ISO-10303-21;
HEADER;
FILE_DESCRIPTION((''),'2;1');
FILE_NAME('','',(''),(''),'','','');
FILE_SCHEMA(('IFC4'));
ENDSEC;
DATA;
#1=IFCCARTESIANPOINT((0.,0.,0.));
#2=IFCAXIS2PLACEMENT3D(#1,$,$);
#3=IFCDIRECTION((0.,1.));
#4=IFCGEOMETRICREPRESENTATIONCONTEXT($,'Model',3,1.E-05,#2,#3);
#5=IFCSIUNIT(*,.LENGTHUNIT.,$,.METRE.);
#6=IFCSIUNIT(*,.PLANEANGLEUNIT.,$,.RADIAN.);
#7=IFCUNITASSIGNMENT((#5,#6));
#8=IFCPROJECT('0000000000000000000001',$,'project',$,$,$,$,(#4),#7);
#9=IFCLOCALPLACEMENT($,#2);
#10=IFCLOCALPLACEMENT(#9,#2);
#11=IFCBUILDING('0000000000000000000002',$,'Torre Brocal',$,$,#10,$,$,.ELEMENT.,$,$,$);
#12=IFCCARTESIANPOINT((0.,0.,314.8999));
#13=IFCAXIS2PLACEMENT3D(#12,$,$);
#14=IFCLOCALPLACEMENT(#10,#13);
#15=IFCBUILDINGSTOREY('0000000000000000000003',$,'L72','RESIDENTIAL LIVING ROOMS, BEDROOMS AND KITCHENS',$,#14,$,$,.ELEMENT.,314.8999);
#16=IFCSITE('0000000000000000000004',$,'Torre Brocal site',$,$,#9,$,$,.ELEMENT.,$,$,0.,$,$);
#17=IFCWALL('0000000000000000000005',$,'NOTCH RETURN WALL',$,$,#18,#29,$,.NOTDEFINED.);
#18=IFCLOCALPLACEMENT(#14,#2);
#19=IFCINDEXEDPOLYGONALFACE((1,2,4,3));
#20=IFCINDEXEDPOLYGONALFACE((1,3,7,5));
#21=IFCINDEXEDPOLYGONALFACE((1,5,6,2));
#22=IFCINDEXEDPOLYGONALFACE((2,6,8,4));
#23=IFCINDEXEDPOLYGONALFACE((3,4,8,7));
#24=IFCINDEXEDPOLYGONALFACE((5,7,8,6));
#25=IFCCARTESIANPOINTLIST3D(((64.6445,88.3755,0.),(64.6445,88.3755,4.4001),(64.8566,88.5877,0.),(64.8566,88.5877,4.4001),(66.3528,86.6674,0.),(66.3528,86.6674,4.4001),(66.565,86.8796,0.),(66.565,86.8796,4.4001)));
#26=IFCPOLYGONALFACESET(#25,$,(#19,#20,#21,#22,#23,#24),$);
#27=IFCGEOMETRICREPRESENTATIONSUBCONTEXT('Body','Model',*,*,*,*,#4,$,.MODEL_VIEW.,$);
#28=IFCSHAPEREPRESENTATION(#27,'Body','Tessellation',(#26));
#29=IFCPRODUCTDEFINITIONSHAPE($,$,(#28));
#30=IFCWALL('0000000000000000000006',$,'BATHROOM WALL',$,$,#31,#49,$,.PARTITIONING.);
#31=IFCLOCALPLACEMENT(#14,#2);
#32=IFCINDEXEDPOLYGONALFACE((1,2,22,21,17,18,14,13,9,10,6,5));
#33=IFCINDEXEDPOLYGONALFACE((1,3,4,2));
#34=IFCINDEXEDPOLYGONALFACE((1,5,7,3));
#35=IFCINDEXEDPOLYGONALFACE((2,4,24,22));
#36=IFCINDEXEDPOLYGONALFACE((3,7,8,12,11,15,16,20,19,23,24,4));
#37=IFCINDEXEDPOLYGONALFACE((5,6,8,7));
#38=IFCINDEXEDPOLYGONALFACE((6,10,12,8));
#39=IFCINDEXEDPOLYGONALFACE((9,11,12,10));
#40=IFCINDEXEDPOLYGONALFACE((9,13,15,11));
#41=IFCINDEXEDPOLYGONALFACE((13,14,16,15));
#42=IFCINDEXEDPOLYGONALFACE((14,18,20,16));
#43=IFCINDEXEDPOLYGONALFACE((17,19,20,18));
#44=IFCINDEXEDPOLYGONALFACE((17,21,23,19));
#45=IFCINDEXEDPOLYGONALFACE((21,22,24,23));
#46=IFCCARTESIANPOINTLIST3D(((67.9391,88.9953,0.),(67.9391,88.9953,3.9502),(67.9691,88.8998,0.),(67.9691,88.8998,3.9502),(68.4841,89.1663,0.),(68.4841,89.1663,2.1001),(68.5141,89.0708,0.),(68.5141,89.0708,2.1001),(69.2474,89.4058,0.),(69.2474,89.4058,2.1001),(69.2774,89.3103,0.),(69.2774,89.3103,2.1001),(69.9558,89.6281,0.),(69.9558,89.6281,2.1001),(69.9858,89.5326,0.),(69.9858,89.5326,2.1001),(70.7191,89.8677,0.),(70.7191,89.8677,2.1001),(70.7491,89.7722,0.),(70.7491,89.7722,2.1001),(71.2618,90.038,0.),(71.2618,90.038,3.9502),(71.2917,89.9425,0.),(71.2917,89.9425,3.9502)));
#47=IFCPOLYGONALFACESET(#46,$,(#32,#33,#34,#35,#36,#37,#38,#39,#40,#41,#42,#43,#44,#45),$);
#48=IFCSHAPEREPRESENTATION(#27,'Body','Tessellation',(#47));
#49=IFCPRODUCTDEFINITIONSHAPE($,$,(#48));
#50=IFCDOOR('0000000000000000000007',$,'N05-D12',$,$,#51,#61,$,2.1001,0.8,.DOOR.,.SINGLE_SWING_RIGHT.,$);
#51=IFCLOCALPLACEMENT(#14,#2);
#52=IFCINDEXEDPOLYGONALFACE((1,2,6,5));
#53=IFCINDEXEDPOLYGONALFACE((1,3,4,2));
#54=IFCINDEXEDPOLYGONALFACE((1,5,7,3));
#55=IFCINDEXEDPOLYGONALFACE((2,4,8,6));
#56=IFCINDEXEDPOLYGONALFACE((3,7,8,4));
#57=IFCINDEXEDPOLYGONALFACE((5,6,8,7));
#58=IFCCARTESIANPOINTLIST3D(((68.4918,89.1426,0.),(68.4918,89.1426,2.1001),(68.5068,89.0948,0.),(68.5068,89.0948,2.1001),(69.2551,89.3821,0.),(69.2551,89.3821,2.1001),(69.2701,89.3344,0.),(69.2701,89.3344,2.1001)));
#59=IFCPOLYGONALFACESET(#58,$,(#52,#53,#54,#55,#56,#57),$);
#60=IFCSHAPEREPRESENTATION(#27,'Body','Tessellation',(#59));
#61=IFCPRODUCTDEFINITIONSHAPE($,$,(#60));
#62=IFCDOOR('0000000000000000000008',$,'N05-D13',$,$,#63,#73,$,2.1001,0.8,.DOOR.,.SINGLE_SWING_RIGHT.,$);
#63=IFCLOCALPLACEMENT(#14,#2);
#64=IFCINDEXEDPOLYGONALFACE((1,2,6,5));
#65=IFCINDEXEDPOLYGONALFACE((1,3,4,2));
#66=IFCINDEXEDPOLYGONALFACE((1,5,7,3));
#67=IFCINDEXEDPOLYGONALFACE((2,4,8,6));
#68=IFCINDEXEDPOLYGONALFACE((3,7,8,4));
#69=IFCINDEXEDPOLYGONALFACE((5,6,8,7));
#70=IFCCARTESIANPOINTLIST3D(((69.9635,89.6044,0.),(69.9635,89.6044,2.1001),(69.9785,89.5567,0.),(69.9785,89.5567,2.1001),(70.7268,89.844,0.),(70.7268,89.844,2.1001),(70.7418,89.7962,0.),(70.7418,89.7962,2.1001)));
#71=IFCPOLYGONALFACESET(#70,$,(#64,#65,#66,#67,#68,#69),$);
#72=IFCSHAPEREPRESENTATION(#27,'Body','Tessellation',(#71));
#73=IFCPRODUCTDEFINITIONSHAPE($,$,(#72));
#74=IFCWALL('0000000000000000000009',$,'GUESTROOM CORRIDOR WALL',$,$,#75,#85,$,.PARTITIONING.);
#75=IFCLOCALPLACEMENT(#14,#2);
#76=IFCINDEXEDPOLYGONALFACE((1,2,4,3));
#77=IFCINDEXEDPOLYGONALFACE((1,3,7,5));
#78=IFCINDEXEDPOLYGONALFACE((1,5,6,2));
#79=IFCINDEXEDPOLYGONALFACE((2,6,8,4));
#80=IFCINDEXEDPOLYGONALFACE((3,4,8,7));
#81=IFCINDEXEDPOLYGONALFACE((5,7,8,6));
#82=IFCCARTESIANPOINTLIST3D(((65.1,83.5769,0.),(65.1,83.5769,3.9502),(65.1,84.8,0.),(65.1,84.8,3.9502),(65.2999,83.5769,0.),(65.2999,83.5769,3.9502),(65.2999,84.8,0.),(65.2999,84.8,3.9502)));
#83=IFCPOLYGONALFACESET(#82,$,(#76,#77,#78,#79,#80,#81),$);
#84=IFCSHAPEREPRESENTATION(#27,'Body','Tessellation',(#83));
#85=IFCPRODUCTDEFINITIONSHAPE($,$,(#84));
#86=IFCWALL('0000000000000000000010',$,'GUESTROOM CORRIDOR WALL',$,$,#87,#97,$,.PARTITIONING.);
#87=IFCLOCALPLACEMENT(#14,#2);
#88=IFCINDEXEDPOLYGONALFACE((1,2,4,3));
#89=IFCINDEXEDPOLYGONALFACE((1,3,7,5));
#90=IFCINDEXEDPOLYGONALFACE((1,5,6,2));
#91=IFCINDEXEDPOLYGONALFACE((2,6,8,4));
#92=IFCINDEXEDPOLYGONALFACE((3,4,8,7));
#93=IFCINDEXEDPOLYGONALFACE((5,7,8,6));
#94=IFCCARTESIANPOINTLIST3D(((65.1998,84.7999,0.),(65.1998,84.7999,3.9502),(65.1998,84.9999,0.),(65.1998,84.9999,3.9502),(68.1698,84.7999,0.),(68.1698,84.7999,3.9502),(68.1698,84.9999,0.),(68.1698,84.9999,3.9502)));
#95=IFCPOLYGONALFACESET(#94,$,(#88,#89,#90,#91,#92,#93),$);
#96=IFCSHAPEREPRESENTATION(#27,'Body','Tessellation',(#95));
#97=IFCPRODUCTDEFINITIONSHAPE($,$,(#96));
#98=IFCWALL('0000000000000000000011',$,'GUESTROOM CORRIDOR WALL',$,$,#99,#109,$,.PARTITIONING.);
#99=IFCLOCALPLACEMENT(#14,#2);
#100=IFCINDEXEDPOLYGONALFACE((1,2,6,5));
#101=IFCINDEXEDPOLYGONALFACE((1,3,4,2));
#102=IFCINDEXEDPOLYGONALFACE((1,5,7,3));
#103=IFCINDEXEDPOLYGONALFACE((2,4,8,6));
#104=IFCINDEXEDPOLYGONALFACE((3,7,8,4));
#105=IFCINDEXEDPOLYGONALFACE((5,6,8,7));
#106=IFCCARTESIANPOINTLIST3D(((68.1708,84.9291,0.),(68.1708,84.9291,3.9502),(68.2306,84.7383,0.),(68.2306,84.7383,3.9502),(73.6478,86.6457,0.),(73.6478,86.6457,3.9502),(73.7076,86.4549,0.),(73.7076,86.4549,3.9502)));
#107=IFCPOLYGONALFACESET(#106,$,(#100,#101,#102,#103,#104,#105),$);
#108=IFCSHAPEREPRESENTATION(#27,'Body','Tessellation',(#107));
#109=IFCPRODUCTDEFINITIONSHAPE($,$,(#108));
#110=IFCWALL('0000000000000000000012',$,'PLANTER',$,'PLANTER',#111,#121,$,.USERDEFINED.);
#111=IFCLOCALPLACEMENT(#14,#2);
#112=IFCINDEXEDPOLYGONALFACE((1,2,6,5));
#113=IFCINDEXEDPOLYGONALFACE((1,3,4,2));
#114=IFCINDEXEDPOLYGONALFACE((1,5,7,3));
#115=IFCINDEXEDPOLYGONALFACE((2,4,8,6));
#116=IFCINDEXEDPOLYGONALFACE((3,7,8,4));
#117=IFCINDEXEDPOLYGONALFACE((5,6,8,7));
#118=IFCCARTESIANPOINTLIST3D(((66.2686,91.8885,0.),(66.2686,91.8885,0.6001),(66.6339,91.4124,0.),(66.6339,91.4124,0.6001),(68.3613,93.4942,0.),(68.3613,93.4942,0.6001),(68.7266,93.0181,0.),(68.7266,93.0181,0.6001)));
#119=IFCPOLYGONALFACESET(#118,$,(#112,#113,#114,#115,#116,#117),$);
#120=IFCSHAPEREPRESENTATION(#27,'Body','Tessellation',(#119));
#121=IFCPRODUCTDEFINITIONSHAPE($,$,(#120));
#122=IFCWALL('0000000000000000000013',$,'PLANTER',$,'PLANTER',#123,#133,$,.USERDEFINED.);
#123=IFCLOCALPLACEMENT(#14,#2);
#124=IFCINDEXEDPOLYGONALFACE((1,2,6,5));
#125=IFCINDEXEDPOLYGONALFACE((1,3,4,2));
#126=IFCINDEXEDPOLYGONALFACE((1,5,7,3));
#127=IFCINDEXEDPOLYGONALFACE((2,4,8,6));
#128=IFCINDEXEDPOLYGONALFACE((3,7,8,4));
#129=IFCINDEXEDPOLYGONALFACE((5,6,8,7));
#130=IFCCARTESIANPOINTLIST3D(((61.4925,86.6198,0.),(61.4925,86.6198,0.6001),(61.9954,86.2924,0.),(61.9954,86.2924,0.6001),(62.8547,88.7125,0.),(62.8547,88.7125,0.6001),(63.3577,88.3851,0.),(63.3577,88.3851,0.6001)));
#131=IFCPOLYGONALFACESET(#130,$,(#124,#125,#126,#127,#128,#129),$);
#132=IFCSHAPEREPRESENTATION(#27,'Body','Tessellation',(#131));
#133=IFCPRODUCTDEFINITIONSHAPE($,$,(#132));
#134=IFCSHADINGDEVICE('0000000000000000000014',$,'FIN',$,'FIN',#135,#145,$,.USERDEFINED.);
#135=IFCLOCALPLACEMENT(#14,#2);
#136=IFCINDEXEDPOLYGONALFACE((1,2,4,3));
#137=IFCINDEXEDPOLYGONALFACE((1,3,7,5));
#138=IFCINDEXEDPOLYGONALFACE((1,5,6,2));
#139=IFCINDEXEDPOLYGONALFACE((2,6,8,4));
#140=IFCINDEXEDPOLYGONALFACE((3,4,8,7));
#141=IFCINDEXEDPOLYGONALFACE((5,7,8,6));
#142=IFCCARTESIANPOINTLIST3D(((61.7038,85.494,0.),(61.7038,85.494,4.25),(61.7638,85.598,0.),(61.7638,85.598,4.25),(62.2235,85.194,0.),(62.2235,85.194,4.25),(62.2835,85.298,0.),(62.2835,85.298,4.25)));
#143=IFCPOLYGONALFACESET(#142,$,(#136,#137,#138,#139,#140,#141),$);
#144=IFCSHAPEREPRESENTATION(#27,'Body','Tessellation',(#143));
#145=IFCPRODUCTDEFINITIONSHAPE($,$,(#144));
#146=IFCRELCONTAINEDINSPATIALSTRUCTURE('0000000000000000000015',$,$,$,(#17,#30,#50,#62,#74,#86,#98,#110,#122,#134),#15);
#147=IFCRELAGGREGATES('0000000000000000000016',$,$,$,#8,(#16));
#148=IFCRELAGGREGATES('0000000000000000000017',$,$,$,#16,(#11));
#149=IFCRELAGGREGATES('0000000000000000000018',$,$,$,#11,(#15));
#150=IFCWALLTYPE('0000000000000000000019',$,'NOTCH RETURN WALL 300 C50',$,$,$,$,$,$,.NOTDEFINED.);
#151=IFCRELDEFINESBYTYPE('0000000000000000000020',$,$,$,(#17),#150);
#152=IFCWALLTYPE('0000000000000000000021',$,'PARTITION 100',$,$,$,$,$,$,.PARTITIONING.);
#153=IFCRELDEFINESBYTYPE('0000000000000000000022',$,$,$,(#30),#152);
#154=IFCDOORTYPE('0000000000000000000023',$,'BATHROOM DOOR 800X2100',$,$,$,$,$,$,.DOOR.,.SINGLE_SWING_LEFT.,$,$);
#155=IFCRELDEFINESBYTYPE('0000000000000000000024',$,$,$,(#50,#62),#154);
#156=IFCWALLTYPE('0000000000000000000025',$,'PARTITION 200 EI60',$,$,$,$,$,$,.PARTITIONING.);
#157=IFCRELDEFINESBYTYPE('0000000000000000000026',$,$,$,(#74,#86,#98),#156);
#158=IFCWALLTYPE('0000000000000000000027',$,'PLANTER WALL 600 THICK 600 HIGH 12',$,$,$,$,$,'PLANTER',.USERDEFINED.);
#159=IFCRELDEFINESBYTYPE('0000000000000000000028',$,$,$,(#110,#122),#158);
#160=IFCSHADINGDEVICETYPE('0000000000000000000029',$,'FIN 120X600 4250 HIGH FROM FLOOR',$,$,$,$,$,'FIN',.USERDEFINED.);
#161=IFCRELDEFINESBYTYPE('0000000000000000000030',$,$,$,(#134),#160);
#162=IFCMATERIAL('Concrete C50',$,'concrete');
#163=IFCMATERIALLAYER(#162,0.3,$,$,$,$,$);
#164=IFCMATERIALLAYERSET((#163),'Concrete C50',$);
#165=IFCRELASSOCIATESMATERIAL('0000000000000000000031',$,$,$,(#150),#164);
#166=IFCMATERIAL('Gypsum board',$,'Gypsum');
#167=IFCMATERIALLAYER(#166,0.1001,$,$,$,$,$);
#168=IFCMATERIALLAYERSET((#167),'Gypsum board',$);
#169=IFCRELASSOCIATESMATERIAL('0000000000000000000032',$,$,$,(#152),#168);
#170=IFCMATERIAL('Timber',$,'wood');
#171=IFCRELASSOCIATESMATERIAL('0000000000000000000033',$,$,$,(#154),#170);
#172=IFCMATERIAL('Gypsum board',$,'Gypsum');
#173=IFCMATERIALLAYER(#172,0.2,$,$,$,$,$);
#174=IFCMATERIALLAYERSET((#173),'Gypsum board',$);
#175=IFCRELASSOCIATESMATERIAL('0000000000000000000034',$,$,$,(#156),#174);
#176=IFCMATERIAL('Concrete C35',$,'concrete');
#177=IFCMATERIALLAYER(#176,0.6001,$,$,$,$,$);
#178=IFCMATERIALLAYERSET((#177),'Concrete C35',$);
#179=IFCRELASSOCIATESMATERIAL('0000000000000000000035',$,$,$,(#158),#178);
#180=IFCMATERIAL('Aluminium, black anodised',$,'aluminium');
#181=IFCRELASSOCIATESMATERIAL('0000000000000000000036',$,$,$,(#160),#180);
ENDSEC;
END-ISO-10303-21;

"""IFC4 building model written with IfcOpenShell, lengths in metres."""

from ifc_helpers import new_model, si_unit, direction, frame, frame_2d, origin, origin_2d, place, context, subcontext, project, spatial, rectangle, extrude, material, layer, layer_set, material_profile, profile_set, type_object, element, fill, save


model = new_model("IFC4")

# Units and contexts
model_context = context("Model", 3, precision=1e-05, world=origin(), true_north=direction((0.0, 1.0)))
body_context = subcontext(model_context, "Body", "Model", "MODEL_VIEW")
ifc_project = project(units=[si_unit("LENGTHUNIT", "METRE"), si_unit("PLANEANGLEUNIT", "RADIAN")], contexts=[model_context])

# Site, building, storey
site_placement = place(None, origin())
site = spatial("IfcSite", under=ifc_project, at=site_placement, Name="Torre Brocal site", CompositionType="ELEMENT", RefElevation=0.0)
building_placement = place(site_placement, origin())
building = spatial("IfcBuilding", under=site, at=building_placement, Name="Torre Brocal", CompositionType="ELEMENT")
storey_placement = place(building_placement, frame((0.0, 0.0, 314.8999)))
storey = spatial("IfcBuildingStorey", under=building, at=storey_placement, Name="L72", Description="RESIDENTIAL LIVING ROOMS, BEDROOMS AND KITCHENS", CompositionType="ELEMENT", Elevation=314.8999)

# Wall
ifc_material_1 = material(Name="Concrete C50", Category="concrete")
ifc_layer_1 = layer(ifc_material_1, 0.3)
ifc_layer_set_1 = layer_set([ifc_layer_1], Name="Concrete C50")
wall_type_1 = type_object("IfcWallType", Name="NOTCH RETURN WALL 300 C50", PredefinedType="NOTDEFINED", material=ifc_layer_set_1)
for number, where, z_axis, x_axis, name in (
    (1, (66.459, 86.7734, 0.0), (0.0, 0.0, 1.0), (-0.707157, 0.707056, 0.0), "NOTCH RETURN WALL"),
):
    element("IfcWall", number, at=place(storey_placement, frame(where, z_axis=z_axis, x_axis=x_axis)), inside=storey, type_object=wall_type_1, Name=name, PredefinedType="NOTDEFINED", context=body_context, shape_type="SweptSolid", body=[
        extrude(rectangle(XDim=2.4158, YDim=0.3, at=frame_2d((1.208, 0.0))), origin(), (0.0, 0.0, 1.0), 4.4001),
    ])

# Wall, openings, doors
ifc_material_2 = material(Name="Gypsum board", Category="Gypsum")
ifc_layer_2 = layer(ifc_material_2, 0.1001)
ifc_layer_set_2 = layer_set([ifc_layer_2], Name="Gypsum board")
wall_type_2 = type_object("IfcWallType", Name="PARTITION 100", PredefinedType="PARTITIONING", material=ifc_layer_set_2)
wall_1_placement = place(storey_placement, frame((67.9541, 88.9475, 0.0), z_axis=(0.0, 0.0, 1.0), x_axis=(0.954123, 0.299416, 0.0)))
wall_1 = element("IfcWall", 2, at=wall_1_placement, inside=storey, type_object=wall_type_2, Name="BATHROOM WALL", PredefinedType="PARTITIONING", context=body_context, shape_type="SweptSolid", body=[
    extrude(rectangle(XDim=3.4824, YDim=0.1001, at=frame_2d((1.7412, 0.0))), origin(), (0.0, 0.0, 1.0), 3.9502),
])
opening_1_placement = place(wall_1_placement, frame((0.5713, 0.0, 0.0)))
opening_1 = element("IfcOpeningElement", 3, at=opening_1_placement, cuts=wall_1, PredefinedType="OPENING", context=body_context, shape_type="SweptSolid", body=[
    extrude(rectangle(XDim=0.8, YDim=2.1001, at=frame_2d((0.3999, 1.05))), frame((0.0, 0.0601, 0.0), z_axis=(0.0, -1.0, 0.0), x_axis=(1.0, 0.0, 0.0)), (0.0, 0.0, 1.0), 0.1201),
])
opening_2_placement = place(wall_1_placement, frame((2.1138, 0.0, 0.0)))
opening_2 = element("IfcOpeningElement", 4, at=opening_2_placement, cuts=wall_1, PredefinedType="OPENING", context=body_context, shape_type="SweptSolid", body=[
    extrude(rectangle(XDim=0.8, YDim=2.1001, at=frame_2d((0.3999, 1.05))), frame((0.0, 0.0601, 0.0), z_axis=(0.0, -1.0, 0.0), x_axis=(1.0, 0.0, 0.0)), (0.0, 0.0, 1.0), 0.1201),
])
ifc_material_3 = material(Name="Timber", Category="wood")
door_type = type_object("IfcDoorType", Name="BATHROOM DOOR 800X2100", OperationType="SINGLE_SWING_LEFT", PredefinedType="DOOR", material=ifc_material_3)
door_1_placement = place(opening_1_placement, frame((0.8, 0.0, 0.0), z_axis=(0.0, 0.0, 1.0), x_axis=(-1.0, 0.0, 0.0)))
door_1 = element("IfcDoor", 5, at=door_1_placement, inside=storey, type_object=door_type, Name="N05-D12", OperationType="SINGLE_SWING_RIGHT", OverallHeight=2.1001, OverallWidth=0.8, PredefinedType="DOOR", context=body_context, shape_type="SweptSolid", body=[
    extrude(rectangle(XDim=0.8, YDim=2.1001, at=frame_2d((0.3999, 1.05))), frame((0.0, 0.0249, 0.0), z_axis=(0.0, -1.0, 0.0), x_axis=(1.0, 0.0, 0.0)), (0.0, 0.0, 1.0), 0.05),
])
fill(opening_1, door_1)
door_2_placement = place(opening_2_placement, frame((0.8, 0.0, 0.0), z_axis=(0.0, 0.0, 1.0), x_axis=(-1.0, 0.0, 0.0)))
door_2 = element("IfcDoor", 6, at=door_2_placement, inside=storey, type_object=door_type, Name="N05-D13", OperationType="SINGLE_SWING_RIGHT", OverallHeight=2.1001, OverallWidth=0.8, PredefinedType="DOOR", context=body_context, shape_type="SweptSolid", body=[
    extrude(rectangle(XDim=0.8, YDim=2.1001, at=frame_2d((0.3999, 1.05))), frame((0.0, 0.0249, 0.0), z_axis=(0.0, -1.0, 0.0), x_axis=(1.0, 0.0, 0.0)), (0.0, 0.0, 1.0), 0.05),
])
fill(opening_2, door_2)

# Walls
ifc_material_4 = material(Name="Gypsum board", Category="Gypsum")
ifc_layer_3 = layer(ifc_material_4, 0.2)
ifc_layer_set_3 = layer_set([ifc_layer_3], Name="Gypsum board")
wall_type_3 = type_object("IfcWallType", Name="PARTITION 200 EI60", PredefinedType="PARTITIONING", material=ifc_layer_set_3)
wall_2_placement = place(storey_placement, frame((65.2, 83.5769, 0.0), z_axis=(0.0, 0.0, 1.0), x_axis=(0.0, 1.0, 0.0)))
element("IfcWall", 7, at=wall_2_placement, inside=storey, type_object=wall_type_3, Name="GUESTROOM CORRIDOR WALL", PredefinedType="PARTITIONING", context=body_context, shape_type="SweptSolid", body=[
    extrude(rectangle(XDim=1.2231, YDim=0.2, at=frame_2d((0.6116, 0.0))), origin(), (0.0, 0.0, 1.0), 3.9502),
])
wall_3_placement = place(storey_placement, frame((65.2, 84.8999, 0.0), z_axis=(0.0, 0.0, 1.0), x_axis=(1.0, 0.0, 0.0)))
element("IfcWall", 8, at=wall_3_placement, inside=storey, type_object=wall_type_3, Name="GUESTROOM CORRIDOR WALL", PredefinedType="PARTITIONING", context=body_context, shape_type="SweptSolid", body=[
    extrude(rectangle(XDim=2.97, YDim=0.2, at=frame_2d((1.4849, 0.0))), origin(), (0.0, 0.0, 1.0), 3.9502),
])
wall_4_placement = place(storey_placement, frame((68.2007, 84.8337, 0.0), z_axis=(0.0, 0.0, 1.0), x_axis=(0.954233, 0.299064, 0.0)))
element("IfcWall", 9, at=wall_4_placement, inside=storey, type_object=wall_type_3, Name="GUESTROOM CORRIDOR WALL", PredefinedType="PARTITIONING", context=body_context, shape_type="SweptSolid", body=[
    extrude(rectangle(XDim=5.7397, YDim=0.2, at=frame_2d((2.8699, 0.0))), origin(), (0.0, 0.0, 1.0), 3.9502),
])
ifc_material_5 = material(Name="Concrete C35", Category="concrete")
ifc_layer_4 = layer(ifc_material_5, 0.6001)
ifc_layer_set_4 = layer_set([ifc_layer_4], Name="Concrete C35")
wall_type_4 = type_object("IfcWallType", Name="PLANTER WALL 600 THICK 600 HIGH 12", ElementType="PLANTER", PredefinedType="USERDEFINED", material=ifc_layer_set_4)
wall_5_placement = place(storey_placement, frame((68.5439, 93.2561, 0.0), z_axis=(0.0, 0.0, 1.0), x_axis=(-0.793377, -0.608731, 0.0)))
element("IfcWall", 10, at=wall_5_placement, inside=storey, type_object=wall_type_4, Name="PLANTER", ObjectType="PLANTER", PredefinedType="USERDEFINED", context=body_context, shape_type="SweptSolid", body=[
    extrude(rectangle(XDim=2.6377, YDim=0.6001, at=frame_2d((1.3188, 0.0))), origin(), (0.0, 0.0, 1.0), 0.6001),
])
wall_6_placement = place(storey_placement, frame((63.1062, 88.5488, 0.0), z_axis=(0.0, 0.0, 1.0), x_axis=(-0.545552, -0.838077, 0.0)))
element("IfcWall", 11, at=wall_6_placement, inside=storey, type_object=wall_type_4, Name="PLANTER", ObjectType="PLANTER", PredefinedType="USERDEFINED", context=body_context, shape_type="SweptSolid", body=[
    extrude(rectangle(XDim=2.4971, YDim=0.6001, at=frame_2d((1.2485, 0.0))), origin(), (0.0, 0.0, 1.0), 0.6001),
])

# Shading device
ifc_material_6 = material(Name="Aluminium, black anodised", Category="aluminium")
ifc_material_profile_1 = material_profile(ifc_material_6, rectangle(XDim=0.1201, YDim=0.6001, at=origin_2d()), Name="FIN 120X600 4250 HIGH FROM FLOOR")
ifc_profile_set_1 = profile_set([ifc_material_profile_1], Name="Aluminium, black anodised")
shading_device_type = type_object("IfcShadingDeviceType", Name="FIN 120X600 4250 HIGH FROM FLOOR", ElementType="FIN", PredefinedType="USERDEFINED", material=ifc_profile_set_1)
shading_device_placement = place(storey_placement, frame((61.9937, 85.396, 0.0), z_axis=(0.0, 0.0, 1.0), x_axis=(-0.5, -0.866025, 0.0)))
element("IfcShadingDevice", 12, at=shading_device_placement, inside=storey, type_object=shading_device_type, Name="FIN", ObjectType="FIN", PredefinedType="USERDEFINED", context=body_context, shape_type="SweptSolid", body=[
    extrude(rectangle(XDim=0.1201, YDim=0.6001, at=origin_2d()), origin(), (0.0, 0.0, 1.0), 4.25),
])

save(model, "model.ifc")
